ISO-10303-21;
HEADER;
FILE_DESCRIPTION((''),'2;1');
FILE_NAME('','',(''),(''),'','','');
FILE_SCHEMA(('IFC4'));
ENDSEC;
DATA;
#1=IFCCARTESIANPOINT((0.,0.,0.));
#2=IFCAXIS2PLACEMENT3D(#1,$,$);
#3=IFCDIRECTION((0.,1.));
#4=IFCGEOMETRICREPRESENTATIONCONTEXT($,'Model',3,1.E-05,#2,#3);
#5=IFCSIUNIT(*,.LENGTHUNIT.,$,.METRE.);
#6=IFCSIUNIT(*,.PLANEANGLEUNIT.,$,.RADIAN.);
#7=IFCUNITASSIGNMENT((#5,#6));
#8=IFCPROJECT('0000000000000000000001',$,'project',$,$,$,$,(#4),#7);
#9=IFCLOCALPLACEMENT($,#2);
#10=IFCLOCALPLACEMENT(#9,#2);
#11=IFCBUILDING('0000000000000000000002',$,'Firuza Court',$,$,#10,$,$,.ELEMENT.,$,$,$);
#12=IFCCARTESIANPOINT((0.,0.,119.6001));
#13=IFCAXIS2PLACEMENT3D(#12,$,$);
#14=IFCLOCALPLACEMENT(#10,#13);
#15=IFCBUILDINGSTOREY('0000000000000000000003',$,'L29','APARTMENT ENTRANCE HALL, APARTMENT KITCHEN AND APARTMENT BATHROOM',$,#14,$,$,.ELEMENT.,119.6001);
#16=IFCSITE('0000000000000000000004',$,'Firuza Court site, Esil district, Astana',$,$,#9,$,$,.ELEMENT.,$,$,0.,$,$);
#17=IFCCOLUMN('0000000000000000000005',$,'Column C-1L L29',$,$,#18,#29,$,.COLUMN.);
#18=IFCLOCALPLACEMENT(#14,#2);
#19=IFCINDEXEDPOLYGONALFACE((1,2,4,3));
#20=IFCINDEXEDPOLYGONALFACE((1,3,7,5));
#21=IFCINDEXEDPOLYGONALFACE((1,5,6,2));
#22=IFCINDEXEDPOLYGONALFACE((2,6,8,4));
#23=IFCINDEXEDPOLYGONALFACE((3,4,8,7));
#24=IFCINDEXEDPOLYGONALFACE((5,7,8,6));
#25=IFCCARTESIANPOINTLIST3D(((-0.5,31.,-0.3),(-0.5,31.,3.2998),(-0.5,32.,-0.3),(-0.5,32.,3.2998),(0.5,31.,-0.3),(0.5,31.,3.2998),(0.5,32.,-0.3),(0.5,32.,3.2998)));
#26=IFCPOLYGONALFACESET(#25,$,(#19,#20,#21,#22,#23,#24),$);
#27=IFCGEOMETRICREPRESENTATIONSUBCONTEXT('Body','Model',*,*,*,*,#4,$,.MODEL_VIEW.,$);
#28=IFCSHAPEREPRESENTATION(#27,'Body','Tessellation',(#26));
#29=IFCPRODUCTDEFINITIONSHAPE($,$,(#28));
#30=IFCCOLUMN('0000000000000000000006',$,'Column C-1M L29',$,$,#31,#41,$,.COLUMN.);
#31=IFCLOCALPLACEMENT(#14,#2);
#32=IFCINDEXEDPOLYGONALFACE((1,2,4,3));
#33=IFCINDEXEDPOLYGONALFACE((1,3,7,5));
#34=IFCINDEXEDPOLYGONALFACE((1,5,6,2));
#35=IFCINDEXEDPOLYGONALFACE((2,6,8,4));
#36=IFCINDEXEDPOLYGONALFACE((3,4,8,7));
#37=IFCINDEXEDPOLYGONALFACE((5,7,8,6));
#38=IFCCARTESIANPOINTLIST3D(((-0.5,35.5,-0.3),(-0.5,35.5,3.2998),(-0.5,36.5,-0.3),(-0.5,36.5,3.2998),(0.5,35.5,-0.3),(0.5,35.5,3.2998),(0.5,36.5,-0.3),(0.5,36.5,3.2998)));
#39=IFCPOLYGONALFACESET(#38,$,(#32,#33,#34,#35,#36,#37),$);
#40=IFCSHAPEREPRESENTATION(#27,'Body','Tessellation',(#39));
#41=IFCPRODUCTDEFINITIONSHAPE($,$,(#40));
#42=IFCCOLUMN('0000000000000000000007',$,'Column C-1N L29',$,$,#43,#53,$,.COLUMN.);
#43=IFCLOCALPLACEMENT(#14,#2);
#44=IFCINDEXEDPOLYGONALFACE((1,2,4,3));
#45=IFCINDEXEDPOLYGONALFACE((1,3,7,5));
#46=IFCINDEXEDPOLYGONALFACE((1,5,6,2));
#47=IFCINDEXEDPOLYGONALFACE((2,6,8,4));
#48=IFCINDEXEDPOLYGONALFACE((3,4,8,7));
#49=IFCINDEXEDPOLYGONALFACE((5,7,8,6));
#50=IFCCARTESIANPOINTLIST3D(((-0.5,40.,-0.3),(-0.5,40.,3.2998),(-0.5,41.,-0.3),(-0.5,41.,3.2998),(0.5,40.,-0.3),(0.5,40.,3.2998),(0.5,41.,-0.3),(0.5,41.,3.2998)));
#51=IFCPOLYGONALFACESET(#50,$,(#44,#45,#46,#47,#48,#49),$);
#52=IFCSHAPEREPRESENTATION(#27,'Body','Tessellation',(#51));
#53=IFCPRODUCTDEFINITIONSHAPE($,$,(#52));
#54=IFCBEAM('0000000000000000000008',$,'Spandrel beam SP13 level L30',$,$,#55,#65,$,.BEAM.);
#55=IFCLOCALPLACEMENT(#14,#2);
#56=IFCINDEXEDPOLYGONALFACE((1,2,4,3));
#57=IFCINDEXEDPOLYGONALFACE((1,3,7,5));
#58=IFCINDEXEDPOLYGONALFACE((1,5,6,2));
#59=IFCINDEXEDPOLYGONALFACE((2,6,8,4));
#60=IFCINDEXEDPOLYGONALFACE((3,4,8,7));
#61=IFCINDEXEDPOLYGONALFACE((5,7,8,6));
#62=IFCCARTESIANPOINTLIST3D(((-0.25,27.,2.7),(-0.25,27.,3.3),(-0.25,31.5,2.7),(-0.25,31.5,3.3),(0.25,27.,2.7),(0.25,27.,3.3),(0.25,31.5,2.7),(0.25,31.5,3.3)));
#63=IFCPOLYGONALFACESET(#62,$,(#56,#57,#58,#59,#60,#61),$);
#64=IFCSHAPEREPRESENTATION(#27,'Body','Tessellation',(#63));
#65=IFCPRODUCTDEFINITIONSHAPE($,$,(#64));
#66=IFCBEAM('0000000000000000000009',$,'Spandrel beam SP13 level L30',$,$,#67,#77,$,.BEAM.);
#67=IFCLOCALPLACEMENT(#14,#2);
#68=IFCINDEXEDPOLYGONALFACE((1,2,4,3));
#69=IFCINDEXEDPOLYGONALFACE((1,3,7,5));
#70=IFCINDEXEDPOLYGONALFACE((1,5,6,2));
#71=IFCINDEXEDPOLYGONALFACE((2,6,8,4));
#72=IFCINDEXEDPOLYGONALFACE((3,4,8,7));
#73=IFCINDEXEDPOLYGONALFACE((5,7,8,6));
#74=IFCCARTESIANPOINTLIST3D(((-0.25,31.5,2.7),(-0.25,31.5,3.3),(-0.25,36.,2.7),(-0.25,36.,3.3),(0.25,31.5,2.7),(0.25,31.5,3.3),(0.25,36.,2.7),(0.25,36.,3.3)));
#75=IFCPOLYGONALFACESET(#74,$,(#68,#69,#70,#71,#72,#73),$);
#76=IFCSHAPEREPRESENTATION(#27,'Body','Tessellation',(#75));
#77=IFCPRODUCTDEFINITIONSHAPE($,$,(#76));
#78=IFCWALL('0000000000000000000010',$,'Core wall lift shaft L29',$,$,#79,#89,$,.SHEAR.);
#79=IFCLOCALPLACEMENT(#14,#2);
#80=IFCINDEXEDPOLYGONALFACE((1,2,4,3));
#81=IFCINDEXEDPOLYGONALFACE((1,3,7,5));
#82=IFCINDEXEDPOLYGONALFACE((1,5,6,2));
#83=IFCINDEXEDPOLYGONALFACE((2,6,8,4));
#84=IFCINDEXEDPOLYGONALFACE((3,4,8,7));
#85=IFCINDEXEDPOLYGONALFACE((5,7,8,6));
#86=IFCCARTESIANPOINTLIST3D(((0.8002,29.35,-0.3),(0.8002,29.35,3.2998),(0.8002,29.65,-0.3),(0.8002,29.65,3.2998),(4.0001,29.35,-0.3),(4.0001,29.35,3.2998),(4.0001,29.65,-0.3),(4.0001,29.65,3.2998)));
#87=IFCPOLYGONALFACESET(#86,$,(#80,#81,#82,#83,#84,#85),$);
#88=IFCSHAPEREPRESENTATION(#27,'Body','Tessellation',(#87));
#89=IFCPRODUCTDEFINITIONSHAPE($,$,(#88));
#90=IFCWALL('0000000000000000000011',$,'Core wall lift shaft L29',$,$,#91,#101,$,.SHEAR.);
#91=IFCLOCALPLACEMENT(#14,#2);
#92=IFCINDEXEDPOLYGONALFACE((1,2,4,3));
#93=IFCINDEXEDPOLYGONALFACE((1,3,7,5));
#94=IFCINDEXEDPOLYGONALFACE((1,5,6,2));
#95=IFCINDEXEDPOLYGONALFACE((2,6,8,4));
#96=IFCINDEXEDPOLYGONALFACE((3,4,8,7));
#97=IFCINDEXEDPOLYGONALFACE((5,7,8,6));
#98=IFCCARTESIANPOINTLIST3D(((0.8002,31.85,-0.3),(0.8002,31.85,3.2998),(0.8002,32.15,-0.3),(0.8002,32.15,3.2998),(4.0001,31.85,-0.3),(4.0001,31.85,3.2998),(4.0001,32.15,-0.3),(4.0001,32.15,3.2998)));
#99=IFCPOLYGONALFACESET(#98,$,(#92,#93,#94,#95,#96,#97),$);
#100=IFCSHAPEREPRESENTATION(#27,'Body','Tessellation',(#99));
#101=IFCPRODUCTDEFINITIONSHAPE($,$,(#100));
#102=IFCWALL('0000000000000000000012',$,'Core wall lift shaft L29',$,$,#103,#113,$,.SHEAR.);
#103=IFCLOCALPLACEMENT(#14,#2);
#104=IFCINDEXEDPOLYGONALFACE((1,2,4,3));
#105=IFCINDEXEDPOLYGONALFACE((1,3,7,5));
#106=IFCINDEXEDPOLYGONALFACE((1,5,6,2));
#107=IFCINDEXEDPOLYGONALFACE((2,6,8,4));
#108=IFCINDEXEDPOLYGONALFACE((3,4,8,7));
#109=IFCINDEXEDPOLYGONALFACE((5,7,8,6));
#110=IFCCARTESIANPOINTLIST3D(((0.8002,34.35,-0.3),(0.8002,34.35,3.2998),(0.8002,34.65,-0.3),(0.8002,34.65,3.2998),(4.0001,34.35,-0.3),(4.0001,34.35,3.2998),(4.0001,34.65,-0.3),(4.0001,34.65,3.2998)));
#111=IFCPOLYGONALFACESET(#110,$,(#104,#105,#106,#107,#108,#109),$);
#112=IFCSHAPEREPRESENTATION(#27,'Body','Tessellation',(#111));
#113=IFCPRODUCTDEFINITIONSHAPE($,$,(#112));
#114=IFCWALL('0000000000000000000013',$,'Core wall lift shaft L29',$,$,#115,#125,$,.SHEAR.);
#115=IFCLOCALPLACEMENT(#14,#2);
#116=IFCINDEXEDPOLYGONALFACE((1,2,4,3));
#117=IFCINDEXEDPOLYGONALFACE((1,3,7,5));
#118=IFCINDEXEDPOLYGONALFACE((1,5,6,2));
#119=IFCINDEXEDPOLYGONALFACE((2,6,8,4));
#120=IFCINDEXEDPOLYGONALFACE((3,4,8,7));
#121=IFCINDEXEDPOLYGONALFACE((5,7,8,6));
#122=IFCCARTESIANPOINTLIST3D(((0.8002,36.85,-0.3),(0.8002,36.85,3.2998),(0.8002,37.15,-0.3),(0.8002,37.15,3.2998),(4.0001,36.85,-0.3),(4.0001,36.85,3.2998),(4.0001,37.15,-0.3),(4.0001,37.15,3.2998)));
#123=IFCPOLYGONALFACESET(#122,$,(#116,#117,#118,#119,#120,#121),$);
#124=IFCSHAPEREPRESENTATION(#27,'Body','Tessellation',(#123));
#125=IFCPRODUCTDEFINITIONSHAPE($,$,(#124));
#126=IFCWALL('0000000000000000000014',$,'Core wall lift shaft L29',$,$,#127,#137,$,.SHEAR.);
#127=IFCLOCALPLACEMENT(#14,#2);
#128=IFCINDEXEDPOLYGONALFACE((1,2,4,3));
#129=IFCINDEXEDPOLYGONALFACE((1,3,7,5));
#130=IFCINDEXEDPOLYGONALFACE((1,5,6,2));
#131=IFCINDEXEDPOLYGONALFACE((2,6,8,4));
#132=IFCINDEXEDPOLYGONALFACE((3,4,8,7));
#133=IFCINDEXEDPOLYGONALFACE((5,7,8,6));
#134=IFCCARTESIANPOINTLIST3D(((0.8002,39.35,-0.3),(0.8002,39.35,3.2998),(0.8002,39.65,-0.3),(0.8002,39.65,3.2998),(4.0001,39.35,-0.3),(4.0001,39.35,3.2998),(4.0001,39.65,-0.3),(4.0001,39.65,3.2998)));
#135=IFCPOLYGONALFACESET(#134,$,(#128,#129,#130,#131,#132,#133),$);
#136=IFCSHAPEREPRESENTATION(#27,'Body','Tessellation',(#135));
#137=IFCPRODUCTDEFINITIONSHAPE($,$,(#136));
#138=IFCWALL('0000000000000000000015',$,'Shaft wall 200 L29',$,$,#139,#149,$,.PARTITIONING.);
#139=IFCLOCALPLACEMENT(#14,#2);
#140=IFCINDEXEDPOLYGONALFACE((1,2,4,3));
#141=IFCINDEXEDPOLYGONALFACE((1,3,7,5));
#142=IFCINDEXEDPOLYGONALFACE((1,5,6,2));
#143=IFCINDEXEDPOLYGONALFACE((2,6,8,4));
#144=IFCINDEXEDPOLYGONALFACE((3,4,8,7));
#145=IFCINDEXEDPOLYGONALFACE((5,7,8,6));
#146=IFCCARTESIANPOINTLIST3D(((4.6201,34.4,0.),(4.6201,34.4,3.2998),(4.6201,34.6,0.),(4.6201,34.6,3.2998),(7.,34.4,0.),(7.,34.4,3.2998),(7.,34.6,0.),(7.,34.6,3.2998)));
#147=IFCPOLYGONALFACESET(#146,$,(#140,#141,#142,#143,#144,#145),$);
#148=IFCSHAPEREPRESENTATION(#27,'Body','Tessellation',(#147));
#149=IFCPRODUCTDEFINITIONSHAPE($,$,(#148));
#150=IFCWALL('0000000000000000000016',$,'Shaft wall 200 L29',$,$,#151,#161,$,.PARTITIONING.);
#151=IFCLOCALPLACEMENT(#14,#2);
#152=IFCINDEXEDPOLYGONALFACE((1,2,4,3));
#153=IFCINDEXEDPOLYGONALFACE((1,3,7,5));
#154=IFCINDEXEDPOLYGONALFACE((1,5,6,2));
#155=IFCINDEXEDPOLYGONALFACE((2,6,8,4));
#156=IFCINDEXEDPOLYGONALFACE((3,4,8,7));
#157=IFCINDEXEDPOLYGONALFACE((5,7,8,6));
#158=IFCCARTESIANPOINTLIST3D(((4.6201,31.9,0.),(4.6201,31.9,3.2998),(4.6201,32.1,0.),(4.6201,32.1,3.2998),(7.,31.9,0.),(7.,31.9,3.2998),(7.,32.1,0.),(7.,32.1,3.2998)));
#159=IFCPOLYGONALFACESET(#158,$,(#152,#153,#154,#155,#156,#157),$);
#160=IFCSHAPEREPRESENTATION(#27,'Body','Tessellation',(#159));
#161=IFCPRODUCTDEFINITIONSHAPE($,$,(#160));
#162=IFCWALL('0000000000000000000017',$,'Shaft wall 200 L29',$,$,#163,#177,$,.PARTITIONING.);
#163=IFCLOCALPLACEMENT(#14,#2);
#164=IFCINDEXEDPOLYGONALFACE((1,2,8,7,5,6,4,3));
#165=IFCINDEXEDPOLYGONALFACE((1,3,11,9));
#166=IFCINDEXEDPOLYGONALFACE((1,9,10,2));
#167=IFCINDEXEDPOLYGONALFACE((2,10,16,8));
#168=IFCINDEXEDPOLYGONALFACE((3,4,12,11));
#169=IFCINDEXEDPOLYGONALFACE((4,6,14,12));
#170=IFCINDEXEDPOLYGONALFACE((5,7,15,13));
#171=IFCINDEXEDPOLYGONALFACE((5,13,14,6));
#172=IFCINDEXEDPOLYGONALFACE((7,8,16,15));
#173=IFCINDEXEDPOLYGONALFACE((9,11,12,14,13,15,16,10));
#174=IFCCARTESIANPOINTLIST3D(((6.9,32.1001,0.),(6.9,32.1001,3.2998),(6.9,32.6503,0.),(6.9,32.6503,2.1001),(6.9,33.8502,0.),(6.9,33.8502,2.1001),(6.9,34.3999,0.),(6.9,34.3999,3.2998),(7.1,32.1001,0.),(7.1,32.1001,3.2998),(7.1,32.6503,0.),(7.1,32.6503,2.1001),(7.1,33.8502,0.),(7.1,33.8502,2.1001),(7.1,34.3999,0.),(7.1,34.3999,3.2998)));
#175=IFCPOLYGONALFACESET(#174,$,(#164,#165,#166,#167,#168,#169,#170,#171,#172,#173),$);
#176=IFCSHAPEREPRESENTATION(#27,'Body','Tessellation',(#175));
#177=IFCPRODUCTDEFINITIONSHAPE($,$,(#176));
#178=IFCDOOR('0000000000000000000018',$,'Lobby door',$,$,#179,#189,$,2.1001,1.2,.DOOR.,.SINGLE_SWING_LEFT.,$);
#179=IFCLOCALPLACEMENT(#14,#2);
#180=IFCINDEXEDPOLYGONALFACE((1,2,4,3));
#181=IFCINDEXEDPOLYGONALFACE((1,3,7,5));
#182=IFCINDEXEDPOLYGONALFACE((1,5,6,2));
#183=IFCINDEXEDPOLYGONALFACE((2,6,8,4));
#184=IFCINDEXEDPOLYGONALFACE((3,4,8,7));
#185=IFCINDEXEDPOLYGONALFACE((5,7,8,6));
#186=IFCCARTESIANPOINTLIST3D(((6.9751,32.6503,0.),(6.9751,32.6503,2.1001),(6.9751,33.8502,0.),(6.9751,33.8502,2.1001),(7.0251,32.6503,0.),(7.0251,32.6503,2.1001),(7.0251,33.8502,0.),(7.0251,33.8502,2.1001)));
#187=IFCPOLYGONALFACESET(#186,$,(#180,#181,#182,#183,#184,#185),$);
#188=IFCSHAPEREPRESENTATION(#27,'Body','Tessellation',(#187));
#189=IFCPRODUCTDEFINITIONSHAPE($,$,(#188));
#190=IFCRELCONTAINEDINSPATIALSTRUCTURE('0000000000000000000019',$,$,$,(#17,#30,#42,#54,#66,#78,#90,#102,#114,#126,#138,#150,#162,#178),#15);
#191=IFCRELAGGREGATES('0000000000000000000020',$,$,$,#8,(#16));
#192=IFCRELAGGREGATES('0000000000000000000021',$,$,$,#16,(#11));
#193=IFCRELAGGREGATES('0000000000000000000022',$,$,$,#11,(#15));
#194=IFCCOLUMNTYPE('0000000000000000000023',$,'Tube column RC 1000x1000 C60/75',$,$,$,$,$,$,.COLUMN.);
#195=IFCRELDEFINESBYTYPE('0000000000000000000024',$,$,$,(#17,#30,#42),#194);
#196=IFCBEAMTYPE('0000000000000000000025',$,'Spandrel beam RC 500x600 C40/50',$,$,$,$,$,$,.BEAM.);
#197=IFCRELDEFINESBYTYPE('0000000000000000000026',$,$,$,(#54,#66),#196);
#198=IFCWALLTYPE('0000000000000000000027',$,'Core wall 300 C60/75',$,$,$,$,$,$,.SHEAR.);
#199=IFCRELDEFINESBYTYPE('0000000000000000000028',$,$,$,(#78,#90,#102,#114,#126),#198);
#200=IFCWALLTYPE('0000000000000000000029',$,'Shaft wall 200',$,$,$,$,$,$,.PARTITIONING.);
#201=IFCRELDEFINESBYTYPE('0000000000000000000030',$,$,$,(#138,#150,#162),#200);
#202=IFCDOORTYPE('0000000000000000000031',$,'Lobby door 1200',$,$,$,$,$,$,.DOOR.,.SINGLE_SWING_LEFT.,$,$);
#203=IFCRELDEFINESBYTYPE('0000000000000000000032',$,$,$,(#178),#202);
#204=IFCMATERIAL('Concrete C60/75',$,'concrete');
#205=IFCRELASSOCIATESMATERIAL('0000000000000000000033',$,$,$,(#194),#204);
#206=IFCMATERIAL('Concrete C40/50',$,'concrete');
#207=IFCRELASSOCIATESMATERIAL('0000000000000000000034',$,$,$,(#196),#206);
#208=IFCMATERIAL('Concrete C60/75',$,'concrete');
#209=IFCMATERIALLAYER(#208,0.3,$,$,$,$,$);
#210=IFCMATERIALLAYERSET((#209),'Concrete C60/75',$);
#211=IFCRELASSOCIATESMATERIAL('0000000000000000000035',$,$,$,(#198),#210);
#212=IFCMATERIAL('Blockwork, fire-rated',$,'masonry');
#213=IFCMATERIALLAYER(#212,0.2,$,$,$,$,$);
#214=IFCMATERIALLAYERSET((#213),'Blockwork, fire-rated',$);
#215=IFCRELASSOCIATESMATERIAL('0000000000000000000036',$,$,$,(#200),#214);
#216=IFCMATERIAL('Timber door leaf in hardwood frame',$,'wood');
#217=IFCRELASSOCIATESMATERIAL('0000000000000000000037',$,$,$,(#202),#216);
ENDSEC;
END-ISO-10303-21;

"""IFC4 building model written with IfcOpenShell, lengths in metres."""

from ifc_helpers import new_model, si_unit, direction, frame, frame_2d, origin, origin_2d, place, context, subcontext, project, spatial, rectangle, extrude, material, layer, layer_set, material_profile, profile_set, type_object, element, fill, save


model = new_model("IFC4")

# Units and contexts
model_context = context("Model", 3, precision=1e-05, world=origin(), true_north=direction((0.0, 1.0)))
body_context = subcontext(model_context, "Body", "Model", "MODEL_VIEW")
ifc_project = project(units=[si_unit("LENGTHUNIT", "METRE"), si_unit("PLANEANGLEUNIT", "RADIAN")], contexts=[model_context])

# Site, building, storey
site_placement = place(None, origin())
site = spatial("IfcSite", under=ifc_project, at=site_placement, Name="Firuza Court site, Esil district, Astana", CompositionType="ELEMENT", RefElevation=0.0)
building_placement = place(site_placement, origin())
building = spatial("IfcBuilding", under=site, at=building_placement, Name="Firuza Court", CompositionType="ELEMENT")
storey_placement = place(building_placement, frame((0.0, 0.0, 119.6001)))
storey = spatial("IfcBuildingStorey", under=building, at=storey_placement, Name="L29", Description="APARTMENT ENTRANCE HALL, APARTMENT KITCHEN AND APARTMENT BATHROOM", CompositionType="ELEMENT", Elevation=119.6001)

# Columns
ifc_material_1 = material(Name="Concrete C60/75", Category="concrete")
ifc_material_profile_1 = material_profile(ifc_material_1, rectangle(XDim=1.0, YDim=1.0, at=origin_2d()), Name="RC 1000x1000")
ifc_profile_set_1 = profile_set([ifc_material_profile_1], Name="Concrete C60/75")
column_type = type_object("IfcColumnType", Name="Tube column RC 1000x1000 C60/75", PredefinedType="COLUMN", material=ifc_profile_set_1)
for number, where, z_axis, x_axis, name in (
    (1, (0.0, 31.5, -0.3), (0.0, 0.0, 1.0), (1.0, 0.0, 0.0), "Column C-1L L29"),
    (2, (0.0, 36.0, -0.3), (0.0, 0.0, 1.0), (1.0, 0.0, 0.0), "Column C-1M L29"),
    (3, (0.0, 40.5, -0.3), (0.0, 0.0, 1.0), (1.0, 0.0, 0.0), "Column C-1N L29"),
):
    element("IfcColumn", number, at=place(storey_placement, frame(where, z_axis=z_axis, x_axis=x_axis)), inside=storey, type_object=column_type, Name=name, PredefinedType="COLUMN", context=body_context, shape_type="SweptSolid", body=[
        extrude(rectangle(XDim=1.0, YDim=1.0, at=origin_2d()), origin(), (0.0, 0.0, 1.0), 3.5999),
    ])

# Beams
ifc_material_2 = material(Name="Concrete C40/50", Category="concrete")
ifc_material_profile_2 = material_profile(ifc_material_2, rectangle(XDim=0.5, YDim=0.6001, at=origin_2d()), Name="RC 500x600")
ifc_profile_set_2 = profile_set([ifc_material_profile_2], Name="Concrete C40/50")
beam_type = type_object("IfcBeamType", Name="Spandrel beam RC 500x600 C40/50", PredefinedType="BEAM", material=ifc_profile_set_2)
for number, where, z_axis, x_axis, name in (
    (4, (0.0, 31.5, 3.0), (0.0, -1.0, 0.0), (1.0, 0.0, 0.0), "Spandrel beam SP13 level L30"),
    (5, (0.0, 36.0, 3.0), (0.0, -1.0, 0.0), (1.0, 0.0, 0.0), "Spandrel beam SP13 level L30"),
):
    element("IfcBeam", number, at=place(storey_placement, frame(where, z_axis=z_axis, x_axis=x_axis)), inside=storey, type_object=beam_type, Name=name, PredefinedType="BEAM", context=body_context, shape_type="SweptSolid", body=[
        extrude(rectangle(XDim=0.5, YDim=0.6001, at=origin_2d()), origin(), (0.0, 0.0, 1.0), 4.5),
    ])

# Walls
ifc_material_3 = material(Name="Concrete C60/75", Category="concrete")
ifc_layer_1 = layer(ifc_material_3, 0.3)
ifc_layer_set_1 = layer_set([ifc_layer_1], Name="Concrete C60/75")
wall_type_1 = type_object("IfcWallType", Name="Core wall 300 C60/75", PredefinedType="SHEAR", material=ifc_layer_set_1)
for number, where, z_axis, x_axis, name in (
    (6, (0.8, 29.5, -0.3), (0.0, 0.0, 1.0), (1.0, 0.0, 0.0), "Core wall lift shaft L29"),
    (7, (0.8, 32.0, -0.3), (0.0, 0.0, 1.0), (1.0, 0.0, 0.0), "Core wall lift shaft L29"),
    (8, (0.8, 34.5, -0.3), (0.0, 0.0, 1.0), (1.0, 0.0, 0.0), "Core wall lift shaft L29"),
    (9, (0.8, 37.0, -0.3), (0.0, 0.0, 1.0), (1.0, 0.0, 0.0), "Core wall lift shaft L29"),
    (10, (0.8, 39.5, -0.3), (0.0, 0.0, 1.0), (1.0, 0.0, 0.0), "Core wall lift shaft L29"),
):
    element("IfcWall", number, at=place(storey_placement, frame(where, z_axis=z_axis, x_axis=x_axis)), inside=storey, type_object=wall_type_1, Name=name, PredefinedType="SHEAR", context=body_context, shape_type="SweptSolid", body=[
        extrude(rectangle(XDim=3.2, YDim=0.3, at=frame_2d((1.6001, 0.0))), origin(), (0.0, 0.0, 1.0), 3.5999),
    ])
ifc_material_4 = material(Name="Blockwork, fire-rated", Category="masonry")
ifc_layer_2 = layer(ifc_material_4, 0.2)
ifc_layer_set_2 = layer_set([ifc_layer_2], Name="Blockwork, fire-rated")
wall_type_2 = type_object("IfcWallType", Name="Shaft wall 200", PredefinedType="PARTITIONING", material=ifc_layer_set_2)
for number, where, z_axis, x_axis, name in (
    (11, (4.6201, 34.5, 0.0), (0.0, 0.0, 1.0), (1.0, 0.0, 0.0), "Shaft wall 200 L29"),
    (12, (4.6201, 32.0, 0.0), (0.0, 0.0, 1.0), (1.0, 0.0, 0.0), "Shaft wall 200 L29"),
):
    element("IfcWall", number, at=place(storey_placement, frame(where, z_axis=z_axis, x_axis=x_axis)), inside=storey, type_object=wall_type_2, Name=name, PredefinedType="PARTITIONING", context=body_context, shape_type="SweptSolid", body=[
        extrude(rectangle(XDim=2.3799, YDim=0.2, at=frame_2d((1.1899, 0.0))), origin(), (0.0, 0.0, 1.0), 3.2998),
    ])

# Wall, opening, door
wall_placement = place(storey_placement, frame((7.0, 32.1001, 0.0), z_axis=(0.0, 0.0, 1.0), x_axis=(0.0, 1.0, 0.0)))
wall = element("IfcWall", 13, at=wall_placement, inside=storey, type_object=wall_type_2, Name="Shaft wall 200 L29", PredefinedType="PARTITIONING", context=body_context, shape_type="SweptSolid", body=[
    extrude(rectangle(XDim=2.2998, YDim=0.2, at=frame_2d((1.1499, 0.0))), origin(), (0.0, 0.0, 1.0), 3.2998),
])
opening_placement = place(wall_placement, frame((0.55, 0.0, 0.0)))
opening = element("IfcOpeningElement", 14, at=opening_placement, cuts=wall, PredefinedType="OPENING", context=body_context, shape_type="SweptSolid", body=[
    extrude(rectangle(XDim=1.2, YDim=2.1001, at=frame_2d((0.6001, 1.05))), frame((0.0, 0.1118, 0.0), z_axis=(0.0, -1.0, 0.0), x_axis=(1.0, 0.0, 0.0)), (0.0, 0.0, 1.0), 0.2239),
])
ifc_material_5 = material(Name="Timber door leaf in hardwood frame", Category="wood")
door_type = type_object("IfcDoorType", Name="Lobby door 1200", OperationType="SINGLE_SWING_LEFT", PredefinedType="DOOR", material=ifc_material_5)
door_placement = place(opening_placement, origin())
door = element("IfcDoor", 15, at=door_placement, inside=storey, type_object=door_type, Name="Lobby door", OperationType="SINGLE_SWING_LEFT", OverallHeight=2.1001, OverallWidth=1.2, PredefinedType="DOOR", context=body_context, shape_type="SweptSolid", body=[
    extrude(rectangle(XDim=1.2, YDim=2.1001, at=frame_2d((0.6001, 1.05))), frame((0.0, 0.0249, 0.0), z_axis=(0.0, -1.0, 0.0), x_axis=(1.0, 0.0, 0.0)), (0.0, 0.0, 1.0), 0.05),
])
fill(opening, door)

save(model, "model.ifc")
